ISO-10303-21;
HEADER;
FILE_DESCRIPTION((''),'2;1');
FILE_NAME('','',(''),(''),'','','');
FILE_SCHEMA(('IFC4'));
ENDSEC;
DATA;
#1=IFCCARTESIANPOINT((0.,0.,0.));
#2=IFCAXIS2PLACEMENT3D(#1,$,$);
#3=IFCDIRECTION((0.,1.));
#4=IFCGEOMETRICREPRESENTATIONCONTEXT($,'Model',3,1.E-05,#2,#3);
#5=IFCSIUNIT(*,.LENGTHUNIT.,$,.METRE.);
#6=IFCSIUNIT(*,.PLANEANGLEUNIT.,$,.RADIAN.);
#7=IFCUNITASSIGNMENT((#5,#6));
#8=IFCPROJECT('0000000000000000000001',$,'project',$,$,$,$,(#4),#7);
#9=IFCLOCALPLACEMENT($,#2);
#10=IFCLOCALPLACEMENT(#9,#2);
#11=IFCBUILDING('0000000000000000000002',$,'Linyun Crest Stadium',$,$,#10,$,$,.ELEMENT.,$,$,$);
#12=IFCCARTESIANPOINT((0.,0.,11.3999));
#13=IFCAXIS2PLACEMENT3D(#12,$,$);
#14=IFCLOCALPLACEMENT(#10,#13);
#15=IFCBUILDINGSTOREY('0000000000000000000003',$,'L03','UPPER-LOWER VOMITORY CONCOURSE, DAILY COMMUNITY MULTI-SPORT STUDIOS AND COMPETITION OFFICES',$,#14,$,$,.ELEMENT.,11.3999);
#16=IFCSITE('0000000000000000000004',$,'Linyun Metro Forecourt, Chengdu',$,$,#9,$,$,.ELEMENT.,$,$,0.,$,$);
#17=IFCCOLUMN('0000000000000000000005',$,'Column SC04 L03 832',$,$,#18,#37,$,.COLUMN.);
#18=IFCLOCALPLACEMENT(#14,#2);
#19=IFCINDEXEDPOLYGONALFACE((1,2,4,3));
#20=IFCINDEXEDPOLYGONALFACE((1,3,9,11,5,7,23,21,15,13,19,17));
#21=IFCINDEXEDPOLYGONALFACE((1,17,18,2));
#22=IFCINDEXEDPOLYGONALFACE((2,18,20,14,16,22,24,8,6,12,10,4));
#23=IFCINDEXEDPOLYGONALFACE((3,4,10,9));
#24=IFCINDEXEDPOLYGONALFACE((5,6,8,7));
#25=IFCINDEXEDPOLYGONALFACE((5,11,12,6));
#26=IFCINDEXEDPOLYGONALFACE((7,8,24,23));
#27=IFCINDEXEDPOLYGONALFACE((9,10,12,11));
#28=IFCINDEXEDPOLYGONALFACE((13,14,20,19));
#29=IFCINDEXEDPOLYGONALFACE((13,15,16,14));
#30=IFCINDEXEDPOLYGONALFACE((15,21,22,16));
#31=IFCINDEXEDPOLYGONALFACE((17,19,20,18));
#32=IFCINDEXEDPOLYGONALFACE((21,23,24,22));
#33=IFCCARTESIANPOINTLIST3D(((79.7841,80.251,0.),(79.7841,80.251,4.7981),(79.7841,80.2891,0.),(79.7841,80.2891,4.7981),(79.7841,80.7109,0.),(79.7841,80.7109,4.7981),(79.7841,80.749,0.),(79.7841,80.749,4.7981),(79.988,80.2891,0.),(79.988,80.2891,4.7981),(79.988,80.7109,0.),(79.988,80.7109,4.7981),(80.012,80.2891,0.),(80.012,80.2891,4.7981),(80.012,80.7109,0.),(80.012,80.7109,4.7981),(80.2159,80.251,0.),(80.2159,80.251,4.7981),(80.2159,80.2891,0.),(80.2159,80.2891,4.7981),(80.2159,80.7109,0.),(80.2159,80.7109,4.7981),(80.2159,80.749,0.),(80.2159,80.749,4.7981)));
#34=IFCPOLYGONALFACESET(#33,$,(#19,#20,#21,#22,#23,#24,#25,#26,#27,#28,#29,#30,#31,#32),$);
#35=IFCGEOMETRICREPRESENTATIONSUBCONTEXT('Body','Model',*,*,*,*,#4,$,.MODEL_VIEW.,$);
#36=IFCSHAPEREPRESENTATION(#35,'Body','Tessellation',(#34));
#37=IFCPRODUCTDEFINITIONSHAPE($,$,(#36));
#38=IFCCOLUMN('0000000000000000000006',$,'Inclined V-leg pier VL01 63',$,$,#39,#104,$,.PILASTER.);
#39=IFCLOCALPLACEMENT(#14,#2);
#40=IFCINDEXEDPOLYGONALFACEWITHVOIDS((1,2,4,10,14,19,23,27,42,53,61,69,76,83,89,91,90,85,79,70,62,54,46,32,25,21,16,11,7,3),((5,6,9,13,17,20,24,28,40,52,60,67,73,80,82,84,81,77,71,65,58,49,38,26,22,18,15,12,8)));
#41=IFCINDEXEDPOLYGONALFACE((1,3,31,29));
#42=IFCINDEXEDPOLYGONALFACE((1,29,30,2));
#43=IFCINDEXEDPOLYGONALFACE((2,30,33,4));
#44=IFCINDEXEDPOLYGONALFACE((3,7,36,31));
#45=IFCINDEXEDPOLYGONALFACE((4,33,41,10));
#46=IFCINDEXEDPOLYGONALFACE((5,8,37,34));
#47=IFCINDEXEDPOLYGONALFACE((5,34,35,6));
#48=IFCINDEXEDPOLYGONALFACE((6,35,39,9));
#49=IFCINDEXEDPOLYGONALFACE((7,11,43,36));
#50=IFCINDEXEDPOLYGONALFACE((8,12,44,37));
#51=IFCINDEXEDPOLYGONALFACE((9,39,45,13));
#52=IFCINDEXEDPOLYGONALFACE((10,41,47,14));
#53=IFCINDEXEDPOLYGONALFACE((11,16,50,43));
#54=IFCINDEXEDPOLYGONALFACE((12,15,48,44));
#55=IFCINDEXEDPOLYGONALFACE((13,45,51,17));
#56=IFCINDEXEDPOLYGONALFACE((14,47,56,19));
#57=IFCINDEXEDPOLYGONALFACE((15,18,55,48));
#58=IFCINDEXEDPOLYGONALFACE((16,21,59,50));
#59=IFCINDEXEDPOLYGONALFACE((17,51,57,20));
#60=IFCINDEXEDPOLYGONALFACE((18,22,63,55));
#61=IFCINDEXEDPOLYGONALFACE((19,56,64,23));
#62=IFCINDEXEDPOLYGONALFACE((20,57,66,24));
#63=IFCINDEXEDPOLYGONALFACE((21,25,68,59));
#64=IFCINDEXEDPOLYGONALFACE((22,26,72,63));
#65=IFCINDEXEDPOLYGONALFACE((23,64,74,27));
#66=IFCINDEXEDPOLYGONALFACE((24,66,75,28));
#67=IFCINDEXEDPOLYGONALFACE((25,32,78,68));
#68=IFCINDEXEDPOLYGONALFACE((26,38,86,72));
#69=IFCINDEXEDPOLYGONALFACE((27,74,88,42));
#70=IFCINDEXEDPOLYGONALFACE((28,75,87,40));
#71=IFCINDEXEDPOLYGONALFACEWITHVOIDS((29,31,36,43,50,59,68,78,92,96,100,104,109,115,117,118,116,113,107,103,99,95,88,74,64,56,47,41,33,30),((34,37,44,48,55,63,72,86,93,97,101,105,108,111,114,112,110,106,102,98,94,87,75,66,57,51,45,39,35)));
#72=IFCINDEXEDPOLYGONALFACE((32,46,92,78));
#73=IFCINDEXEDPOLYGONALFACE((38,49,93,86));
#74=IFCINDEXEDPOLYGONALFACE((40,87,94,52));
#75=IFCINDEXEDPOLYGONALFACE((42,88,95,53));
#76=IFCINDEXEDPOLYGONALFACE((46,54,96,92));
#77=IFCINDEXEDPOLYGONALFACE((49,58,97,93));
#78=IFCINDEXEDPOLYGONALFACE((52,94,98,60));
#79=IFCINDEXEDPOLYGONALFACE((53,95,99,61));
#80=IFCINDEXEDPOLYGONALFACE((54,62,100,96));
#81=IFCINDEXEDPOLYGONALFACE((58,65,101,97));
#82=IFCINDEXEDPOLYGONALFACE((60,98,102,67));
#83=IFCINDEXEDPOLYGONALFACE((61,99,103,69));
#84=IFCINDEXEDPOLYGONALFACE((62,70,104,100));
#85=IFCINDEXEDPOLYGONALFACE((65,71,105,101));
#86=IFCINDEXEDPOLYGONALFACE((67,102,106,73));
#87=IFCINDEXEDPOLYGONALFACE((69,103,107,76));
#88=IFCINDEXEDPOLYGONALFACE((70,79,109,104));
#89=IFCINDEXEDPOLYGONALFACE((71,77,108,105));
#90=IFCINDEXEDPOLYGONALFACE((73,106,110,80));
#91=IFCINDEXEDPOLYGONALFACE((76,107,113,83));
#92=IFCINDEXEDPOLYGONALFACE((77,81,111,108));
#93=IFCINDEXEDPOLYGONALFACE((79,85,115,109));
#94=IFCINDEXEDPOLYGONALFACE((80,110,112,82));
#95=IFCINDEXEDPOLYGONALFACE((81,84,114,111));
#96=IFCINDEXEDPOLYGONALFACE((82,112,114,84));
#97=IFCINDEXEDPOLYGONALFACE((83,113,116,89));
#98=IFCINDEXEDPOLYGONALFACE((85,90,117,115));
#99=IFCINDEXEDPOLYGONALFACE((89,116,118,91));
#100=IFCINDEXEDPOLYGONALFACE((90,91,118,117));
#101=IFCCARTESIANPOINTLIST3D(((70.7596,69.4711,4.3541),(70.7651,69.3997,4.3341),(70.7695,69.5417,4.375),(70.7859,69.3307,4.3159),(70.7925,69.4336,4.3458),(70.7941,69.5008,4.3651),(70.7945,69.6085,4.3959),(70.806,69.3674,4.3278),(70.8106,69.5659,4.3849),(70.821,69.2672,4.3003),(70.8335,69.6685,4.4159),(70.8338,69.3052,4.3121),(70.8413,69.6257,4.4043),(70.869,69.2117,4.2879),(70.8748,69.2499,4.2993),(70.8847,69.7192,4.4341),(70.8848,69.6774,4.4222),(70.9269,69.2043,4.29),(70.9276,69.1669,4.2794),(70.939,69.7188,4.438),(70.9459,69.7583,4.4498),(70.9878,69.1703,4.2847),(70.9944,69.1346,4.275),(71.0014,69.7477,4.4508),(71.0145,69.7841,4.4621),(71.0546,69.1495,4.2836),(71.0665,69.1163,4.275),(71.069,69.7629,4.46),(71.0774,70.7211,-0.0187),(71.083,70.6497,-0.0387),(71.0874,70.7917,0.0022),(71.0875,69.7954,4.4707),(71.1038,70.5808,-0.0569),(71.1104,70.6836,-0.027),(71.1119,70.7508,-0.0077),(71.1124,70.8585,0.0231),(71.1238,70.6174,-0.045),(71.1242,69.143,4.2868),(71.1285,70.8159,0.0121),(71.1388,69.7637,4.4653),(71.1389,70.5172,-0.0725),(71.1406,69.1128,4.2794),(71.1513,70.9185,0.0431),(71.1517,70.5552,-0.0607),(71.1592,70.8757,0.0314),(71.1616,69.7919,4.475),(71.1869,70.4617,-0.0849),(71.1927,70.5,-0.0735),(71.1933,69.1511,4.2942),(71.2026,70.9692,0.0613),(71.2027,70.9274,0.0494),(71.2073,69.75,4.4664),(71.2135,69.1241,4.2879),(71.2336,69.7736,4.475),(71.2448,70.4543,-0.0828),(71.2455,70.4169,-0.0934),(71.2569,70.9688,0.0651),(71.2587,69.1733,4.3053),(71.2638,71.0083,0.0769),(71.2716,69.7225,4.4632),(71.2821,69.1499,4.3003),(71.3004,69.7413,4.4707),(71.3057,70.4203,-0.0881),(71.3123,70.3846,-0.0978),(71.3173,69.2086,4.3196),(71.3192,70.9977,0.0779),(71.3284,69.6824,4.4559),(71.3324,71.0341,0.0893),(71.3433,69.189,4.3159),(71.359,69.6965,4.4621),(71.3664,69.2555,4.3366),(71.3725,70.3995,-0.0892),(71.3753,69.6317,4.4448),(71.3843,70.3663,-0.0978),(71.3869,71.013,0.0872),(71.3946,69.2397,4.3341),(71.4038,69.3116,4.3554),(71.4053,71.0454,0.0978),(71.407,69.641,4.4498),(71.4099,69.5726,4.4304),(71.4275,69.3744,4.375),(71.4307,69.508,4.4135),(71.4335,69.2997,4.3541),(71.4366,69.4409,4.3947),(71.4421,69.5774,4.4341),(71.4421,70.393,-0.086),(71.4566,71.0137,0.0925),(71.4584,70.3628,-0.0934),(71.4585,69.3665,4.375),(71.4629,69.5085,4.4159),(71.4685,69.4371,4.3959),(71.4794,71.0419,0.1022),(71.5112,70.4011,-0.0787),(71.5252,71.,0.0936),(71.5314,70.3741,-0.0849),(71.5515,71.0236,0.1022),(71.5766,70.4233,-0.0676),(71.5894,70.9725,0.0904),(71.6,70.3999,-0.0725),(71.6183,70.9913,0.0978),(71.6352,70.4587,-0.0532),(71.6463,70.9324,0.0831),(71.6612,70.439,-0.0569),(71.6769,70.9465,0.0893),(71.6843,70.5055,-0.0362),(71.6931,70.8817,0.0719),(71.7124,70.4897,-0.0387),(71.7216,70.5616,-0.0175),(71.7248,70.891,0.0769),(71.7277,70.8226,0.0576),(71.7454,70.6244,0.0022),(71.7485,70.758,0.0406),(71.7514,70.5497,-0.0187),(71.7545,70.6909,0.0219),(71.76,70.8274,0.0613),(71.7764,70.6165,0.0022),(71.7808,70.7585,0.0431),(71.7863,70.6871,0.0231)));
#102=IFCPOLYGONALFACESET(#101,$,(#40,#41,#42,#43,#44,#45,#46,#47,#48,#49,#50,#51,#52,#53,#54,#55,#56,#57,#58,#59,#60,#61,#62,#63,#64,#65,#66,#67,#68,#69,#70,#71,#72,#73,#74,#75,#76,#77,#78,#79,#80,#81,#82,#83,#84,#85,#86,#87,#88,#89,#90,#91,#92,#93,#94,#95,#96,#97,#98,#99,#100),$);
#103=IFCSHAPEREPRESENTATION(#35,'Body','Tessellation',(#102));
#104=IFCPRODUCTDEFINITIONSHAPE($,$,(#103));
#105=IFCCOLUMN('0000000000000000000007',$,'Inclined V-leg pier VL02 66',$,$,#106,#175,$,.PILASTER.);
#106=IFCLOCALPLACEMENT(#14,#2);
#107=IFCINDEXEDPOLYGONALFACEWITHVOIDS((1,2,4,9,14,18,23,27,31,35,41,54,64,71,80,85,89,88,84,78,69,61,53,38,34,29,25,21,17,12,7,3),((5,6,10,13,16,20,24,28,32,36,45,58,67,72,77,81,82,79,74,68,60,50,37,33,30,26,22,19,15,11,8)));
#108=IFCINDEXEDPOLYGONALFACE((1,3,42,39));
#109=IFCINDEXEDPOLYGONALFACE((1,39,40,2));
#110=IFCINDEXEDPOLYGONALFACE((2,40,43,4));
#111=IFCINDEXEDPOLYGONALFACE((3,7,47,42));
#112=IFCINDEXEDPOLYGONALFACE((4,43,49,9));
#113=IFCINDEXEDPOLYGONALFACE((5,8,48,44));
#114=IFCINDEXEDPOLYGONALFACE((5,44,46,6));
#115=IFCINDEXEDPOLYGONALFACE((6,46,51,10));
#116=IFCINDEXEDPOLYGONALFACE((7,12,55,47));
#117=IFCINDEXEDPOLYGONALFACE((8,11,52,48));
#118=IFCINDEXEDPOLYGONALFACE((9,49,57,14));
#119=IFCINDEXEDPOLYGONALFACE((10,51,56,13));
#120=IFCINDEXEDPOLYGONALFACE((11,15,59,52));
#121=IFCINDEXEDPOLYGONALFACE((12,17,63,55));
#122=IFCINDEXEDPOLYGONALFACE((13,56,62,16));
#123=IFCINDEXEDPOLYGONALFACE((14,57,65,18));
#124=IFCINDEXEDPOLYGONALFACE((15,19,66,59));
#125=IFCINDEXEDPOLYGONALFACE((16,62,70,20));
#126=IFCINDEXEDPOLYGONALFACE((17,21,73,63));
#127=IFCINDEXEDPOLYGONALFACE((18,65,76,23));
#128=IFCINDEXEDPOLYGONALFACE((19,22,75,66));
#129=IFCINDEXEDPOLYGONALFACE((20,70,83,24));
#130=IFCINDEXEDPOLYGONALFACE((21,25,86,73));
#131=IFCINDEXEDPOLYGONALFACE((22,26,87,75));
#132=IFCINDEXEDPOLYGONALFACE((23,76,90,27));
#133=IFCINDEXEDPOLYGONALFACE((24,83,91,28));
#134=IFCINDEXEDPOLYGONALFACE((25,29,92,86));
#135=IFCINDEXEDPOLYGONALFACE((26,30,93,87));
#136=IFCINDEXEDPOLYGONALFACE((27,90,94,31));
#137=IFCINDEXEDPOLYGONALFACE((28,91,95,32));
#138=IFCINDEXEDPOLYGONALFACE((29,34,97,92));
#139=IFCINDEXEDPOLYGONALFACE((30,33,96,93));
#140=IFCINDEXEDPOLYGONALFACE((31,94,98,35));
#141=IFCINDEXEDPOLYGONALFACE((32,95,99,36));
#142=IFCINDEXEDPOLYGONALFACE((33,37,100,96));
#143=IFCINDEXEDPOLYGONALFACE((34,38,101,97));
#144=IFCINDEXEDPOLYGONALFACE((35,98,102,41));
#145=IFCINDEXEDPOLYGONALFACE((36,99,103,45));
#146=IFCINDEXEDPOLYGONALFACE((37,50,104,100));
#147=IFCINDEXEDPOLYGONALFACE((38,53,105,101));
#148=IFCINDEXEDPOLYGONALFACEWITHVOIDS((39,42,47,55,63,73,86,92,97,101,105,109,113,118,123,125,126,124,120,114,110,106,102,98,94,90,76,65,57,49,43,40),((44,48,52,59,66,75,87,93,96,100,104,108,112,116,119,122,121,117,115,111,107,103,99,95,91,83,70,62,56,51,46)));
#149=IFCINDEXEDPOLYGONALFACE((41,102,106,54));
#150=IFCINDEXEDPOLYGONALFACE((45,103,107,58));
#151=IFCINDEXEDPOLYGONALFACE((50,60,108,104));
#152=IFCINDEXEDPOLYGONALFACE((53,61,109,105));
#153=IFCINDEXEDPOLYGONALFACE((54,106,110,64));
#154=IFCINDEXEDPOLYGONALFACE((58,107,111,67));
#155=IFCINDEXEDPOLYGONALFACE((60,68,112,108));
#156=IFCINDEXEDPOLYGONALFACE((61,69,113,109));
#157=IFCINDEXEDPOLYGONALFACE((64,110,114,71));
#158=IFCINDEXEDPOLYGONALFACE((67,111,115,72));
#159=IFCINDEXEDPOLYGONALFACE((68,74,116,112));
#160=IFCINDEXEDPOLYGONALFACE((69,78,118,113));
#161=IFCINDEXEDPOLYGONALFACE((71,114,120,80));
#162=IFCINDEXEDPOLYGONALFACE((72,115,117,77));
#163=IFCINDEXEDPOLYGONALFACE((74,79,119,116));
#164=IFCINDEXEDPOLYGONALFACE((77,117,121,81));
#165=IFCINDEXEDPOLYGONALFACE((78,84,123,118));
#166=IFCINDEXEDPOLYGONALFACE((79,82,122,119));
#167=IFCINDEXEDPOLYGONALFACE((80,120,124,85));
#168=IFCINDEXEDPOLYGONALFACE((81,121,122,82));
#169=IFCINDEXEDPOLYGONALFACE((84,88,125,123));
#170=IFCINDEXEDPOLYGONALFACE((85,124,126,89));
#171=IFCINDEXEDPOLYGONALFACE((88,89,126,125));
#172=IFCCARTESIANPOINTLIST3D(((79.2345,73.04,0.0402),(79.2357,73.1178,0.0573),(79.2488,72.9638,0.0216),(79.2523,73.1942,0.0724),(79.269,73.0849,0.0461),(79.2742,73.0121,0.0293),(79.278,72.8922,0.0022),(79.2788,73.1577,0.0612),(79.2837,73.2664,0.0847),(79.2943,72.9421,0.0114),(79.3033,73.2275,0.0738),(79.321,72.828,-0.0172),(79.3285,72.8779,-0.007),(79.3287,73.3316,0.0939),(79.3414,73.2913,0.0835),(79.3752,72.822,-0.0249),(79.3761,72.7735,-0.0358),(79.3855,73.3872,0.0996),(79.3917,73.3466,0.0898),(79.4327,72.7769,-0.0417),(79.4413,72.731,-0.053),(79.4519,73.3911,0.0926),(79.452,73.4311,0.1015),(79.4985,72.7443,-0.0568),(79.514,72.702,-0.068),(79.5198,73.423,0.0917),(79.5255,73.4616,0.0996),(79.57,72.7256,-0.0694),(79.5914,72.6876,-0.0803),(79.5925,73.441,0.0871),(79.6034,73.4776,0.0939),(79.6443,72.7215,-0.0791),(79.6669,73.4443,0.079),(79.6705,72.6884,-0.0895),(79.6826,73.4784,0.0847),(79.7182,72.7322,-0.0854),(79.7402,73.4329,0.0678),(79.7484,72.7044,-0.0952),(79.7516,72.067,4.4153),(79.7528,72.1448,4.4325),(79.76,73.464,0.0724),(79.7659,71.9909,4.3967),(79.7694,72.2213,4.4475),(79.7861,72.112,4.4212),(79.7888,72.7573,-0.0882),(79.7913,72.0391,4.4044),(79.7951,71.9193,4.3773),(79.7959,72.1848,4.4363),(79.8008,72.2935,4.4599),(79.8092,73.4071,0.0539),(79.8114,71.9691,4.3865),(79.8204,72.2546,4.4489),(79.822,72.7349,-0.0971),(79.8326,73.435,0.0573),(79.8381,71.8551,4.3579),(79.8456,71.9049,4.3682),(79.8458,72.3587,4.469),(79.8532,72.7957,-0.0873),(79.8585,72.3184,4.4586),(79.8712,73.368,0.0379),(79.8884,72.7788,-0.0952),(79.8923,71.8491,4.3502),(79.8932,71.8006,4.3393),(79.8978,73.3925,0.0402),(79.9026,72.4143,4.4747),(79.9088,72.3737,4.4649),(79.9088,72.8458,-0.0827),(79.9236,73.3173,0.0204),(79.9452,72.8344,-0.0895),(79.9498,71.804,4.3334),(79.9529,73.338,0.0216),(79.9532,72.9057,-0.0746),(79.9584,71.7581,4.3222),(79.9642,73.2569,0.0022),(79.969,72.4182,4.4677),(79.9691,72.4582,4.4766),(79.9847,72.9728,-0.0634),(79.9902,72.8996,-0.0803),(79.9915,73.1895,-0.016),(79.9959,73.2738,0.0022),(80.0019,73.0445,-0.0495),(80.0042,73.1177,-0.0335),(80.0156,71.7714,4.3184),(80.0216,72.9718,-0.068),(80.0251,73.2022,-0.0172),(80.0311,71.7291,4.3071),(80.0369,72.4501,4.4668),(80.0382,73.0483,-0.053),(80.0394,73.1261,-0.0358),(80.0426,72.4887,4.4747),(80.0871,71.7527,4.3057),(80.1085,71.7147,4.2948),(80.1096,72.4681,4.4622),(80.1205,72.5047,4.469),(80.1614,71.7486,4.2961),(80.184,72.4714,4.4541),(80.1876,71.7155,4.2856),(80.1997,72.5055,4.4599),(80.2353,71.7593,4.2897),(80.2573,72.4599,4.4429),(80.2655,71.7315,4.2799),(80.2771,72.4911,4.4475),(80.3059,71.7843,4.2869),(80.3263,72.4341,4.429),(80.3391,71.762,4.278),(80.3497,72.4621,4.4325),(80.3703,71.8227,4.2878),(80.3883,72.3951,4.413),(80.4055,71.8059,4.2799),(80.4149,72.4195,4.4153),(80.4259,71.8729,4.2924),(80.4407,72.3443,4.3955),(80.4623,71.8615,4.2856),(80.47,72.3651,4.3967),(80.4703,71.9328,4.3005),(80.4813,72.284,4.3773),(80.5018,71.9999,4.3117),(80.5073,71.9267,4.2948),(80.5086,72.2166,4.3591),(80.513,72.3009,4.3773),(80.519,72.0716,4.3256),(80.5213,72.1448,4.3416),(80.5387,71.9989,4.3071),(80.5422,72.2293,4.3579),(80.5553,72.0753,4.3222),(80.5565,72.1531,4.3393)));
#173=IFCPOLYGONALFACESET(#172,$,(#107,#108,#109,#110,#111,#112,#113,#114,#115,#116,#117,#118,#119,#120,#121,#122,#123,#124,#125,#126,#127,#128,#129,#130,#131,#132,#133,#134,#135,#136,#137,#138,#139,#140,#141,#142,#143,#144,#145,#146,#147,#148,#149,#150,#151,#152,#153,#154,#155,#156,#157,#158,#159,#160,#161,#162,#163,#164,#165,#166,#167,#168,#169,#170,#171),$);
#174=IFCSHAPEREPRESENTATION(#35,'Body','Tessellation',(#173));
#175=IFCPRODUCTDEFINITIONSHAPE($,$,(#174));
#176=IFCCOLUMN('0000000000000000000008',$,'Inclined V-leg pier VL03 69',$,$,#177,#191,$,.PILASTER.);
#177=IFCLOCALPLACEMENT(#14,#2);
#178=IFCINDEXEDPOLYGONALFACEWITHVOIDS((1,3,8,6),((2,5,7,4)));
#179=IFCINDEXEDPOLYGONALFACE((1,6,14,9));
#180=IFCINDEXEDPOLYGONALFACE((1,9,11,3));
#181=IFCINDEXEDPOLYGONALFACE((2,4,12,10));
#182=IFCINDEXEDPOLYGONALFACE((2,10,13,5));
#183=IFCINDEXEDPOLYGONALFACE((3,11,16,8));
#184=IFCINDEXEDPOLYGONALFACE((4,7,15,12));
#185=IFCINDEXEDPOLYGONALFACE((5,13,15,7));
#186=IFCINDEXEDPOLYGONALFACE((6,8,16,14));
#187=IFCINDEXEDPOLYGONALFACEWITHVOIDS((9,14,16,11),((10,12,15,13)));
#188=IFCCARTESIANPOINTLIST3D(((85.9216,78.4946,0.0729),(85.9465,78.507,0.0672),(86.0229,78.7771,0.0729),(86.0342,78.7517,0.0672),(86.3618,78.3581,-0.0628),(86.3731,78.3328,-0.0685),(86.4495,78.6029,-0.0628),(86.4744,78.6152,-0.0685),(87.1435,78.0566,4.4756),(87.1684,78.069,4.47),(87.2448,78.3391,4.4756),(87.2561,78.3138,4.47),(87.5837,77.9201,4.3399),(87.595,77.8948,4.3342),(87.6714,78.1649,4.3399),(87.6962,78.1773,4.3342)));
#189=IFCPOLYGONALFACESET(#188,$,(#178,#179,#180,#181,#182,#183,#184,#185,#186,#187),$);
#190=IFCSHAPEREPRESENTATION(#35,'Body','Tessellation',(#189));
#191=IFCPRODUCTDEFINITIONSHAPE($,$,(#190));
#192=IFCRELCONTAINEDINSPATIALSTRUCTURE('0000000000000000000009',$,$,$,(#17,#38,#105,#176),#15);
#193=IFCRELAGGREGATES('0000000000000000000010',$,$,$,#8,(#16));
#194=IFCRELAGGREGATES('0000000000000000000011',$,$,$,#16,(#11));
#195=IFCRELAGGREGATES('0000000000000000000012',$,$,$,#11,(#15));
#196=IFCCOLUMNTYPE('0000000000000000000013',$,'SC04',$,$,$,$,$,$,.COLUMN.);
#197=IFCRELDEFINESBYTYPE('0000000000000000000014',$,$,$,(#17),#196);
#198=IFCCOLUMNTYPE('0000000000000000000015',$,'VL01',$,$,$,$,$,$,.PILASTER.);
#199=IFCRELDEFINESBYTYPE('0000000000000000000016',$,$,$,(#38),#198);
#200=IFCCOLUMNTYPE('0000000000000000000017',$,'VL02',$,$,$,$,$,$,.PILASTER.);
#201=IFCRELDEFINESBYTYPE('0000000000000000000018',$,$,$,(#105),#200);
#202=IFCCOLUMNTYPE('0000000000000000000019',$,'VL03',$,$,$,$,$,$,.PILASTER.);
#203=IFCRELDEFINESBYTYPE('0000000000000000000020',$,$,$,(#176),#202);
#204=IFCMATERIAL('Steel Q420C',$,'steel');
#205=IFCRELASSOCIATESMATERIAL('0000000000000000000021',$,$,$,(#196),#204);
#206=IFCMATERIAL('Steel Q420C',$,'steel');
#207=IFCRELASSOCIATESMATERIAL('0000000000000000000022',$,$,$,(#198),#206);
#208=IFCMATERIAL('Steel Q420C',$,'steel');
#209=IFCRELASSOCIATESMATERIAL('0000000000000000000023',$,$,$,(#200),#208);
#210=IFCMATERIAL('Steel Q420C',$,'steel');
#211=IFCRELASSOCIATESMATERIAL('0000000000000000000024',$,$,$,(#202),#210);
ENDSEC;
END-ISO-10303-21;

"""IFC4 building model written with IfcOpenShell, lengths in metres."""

from ifc_helpers import new_model, si_unit, direction, frame, origin, origin_2d, place, context, subcontext, project, spatial, hollow_rectangle, hollow_circle, i_section, extrude, material, material_profile, profile_set, type_object, element, save


model = new_model("IFC4")

# Units and contexts
model_context = context("Model", 3, precision=1e-05, world=origin(), true_north=direction((0.0, 1.0)))
body_context = subcontext(model_context, "Body", "Model", "MODEL_VIEW")
ifc_project = project(units=[si_unit("LENGTHUNIT", "METRE"), si_unit("PLANEANGLEUNIT", "RADIAN")], contexts=[model_context])

# Site, building, storey
site_placement = place(None, origin())
site = spatial("IfcSite", under=ifc_project, at=site_placement, Name="Linyun Metro Forecourt, Chengdu", CompositionType="ELEMENT", RefElevation=0.0)
building_placement = place(site_placement, origin())
building = spatial("IfcBuilding", under=site, at=building_placement, Name="Linyun Crest Stadium", CompositionType="ELEMENT")
storey_placement = place(building_placement, frame((0.0, 0.0, 11.3999)))
storey = spatial("IfcBuildingStorey", under=building, at=storey_placement, Name="L03", Description="UPPER-LOWER VOMITORY CONCOURSE, DAILY COMMUNITY MULTI-SPORT STUDIOS AND COMPETITION OFFICES", CompositionType="ELEMENT", Elevation=11.3999)

# Columns
ifc_material_1 = material(Name="Steel Q420C", Category="steel")
ifc_material_profile_1 = material_profile(ifc_material_1, i_section(OverallWidth=0.4319, OverallDepth=0.498, WebThickness=0.0239, FlangeThickness=0.0381, at=origin_2d()), Name="HW 498x432")
ifc_profile_set_1 = profile_set([ifc_material_profile_1], Name="Steel Q420C")
column_type_1 = type_object("IfcColumnType", Name="SC04", PredefinedType="COLUMN", material=ifc_profile_set_1)
column_1_placement = place(storey_placement, frame((80.0, 80.5, 0.0), z_axis=(0.0, 0.0, 1.0), x_axis=(1.0, 0.0, 0.0)))
element("IfcColumn", 1, at=column_1_placement, inside=storey, type_object=column_type_1, Name="Column SC04 L03 832", PredefinedType="COLUMN", context=body_context, shape_type="SweptSolid", body=[
    extrude(i_section(OverallWidth=0.4319, OverallDepth=0.498, WebThickness=0.0239, FlangeThickness=0.0381, at=origin_2d()), origin(), (0.0, 0.0, 1.0), 4.7981),
])
ifc_material_2 = material(Name="Steel Q420C", Category="steel")
ifc_material_profile_2 = material_profile(ifc_material_2, hollow_circle(Radius=0.3555, WallThickness=0.032, at=origin_2d()), Name="CHS 711x32")
ifc_profile_set_2 = profile_set([ifc_material_profile_2], Name="Steel Q420C")
column_type_2 = type_object("IfcColumnType", Name="VL01", PredefinedType="PILASTER", material=ifc_profile_set_2)
column_2_placement = place(storey_placement, frame((71.4319, 70.7041, 0.0022), z_axis=(-0.069723, -0.27418, 0.959148), x_axis=(0.969155, -0.246453, 0.0)))
element("IfcColumn", 2, at=column_2_placement, inside=storey, type_object=column_type_2, Name="Inclined V-leg pier VL01 63", PredefinedType="PILASTER", context=body_context, shape_type="SweptSolid", body=[
    extrude(hollow_circle(Radius=0.3555, WallThickness=0.032, at=origin_2d()), origin(), (0.0, 0.0, 1.0), 4.5591),
])
ifc_material_3 = material(Name="Steel Q420C", Category="steel")
ifc_material_profile_3 = material_profile(ifc_material_3, hollow_circle(Radius=0.4065, WallThickness=0.0359, at=origin_2d()), Name="CHS 813x36")
ifc_profile_set_3 = profile_set([ifc_material_profile_3], Name="Steel Q420C")
column_type_3 = type_object("IfcColumnType", Name="VL02", PredefinedType="PILASTER", material=ifc_profile_set_3)
column_3_placement = place(storey_placement, frame((79.637, 73.083, 0.0022), z_axis=(0.114613, -0.215644, 0.969722), x_axis=(0.883027, 0.469323, 0.0)))
element("IfcColumn", 3, at=column_3_placement, inside=storey, type_object=column_type_3, Name="Inclined V-leg pier VL02 66", PredefinedType="PILASTER", context=body_context, shape_type="SweptSolid", body=[
    extrude(hollow_circle(Radius=0.4065, WallThickness=0.0359, at=origin_2d()), origin(), (0.0, 0.0, 1.0), 4.5117),
])
ifc_material_4 = material(Name="Steel Q420C", Category="steel")
ifc_material_profile_4 = material_profile(ifc_material_4, hollow_rectangle(XDim=0.3, YDim=0.5, WallThickness=0.02, at=origin_2d()), Name="RHS 500x300x20")
ifc_profile_set_4 = profile_set([ifc_material_profile_4], Name="Steel Q420C")
column_type_4 = type_object("IfcColumnType", Name="VL03", PredefinedType="PILASTER", material=ifc_profile_set_4)
column_4_placement = place(storey_placement, frame((86.198, 78.5549, 0.0022), z_axis=(0.266203, -0.095418, 0.959183), x_axis=(0.33742, 0.941354, 0.0)))
element("IfcColumn", 4, at=column_4_placement, inside=storey, type_object=column_type_4, Name="Inclined V-leg pier VL03 69", PredefinedType="PILASTER", context=body_context, shape_type="SweptSolid", body=[
    extrude(hollow_rectangle(XDim=0.3, YDim=0.5, WallThickness=0.02, at=origin_2d()), origin(), (0.0, 0.0, 1.0), 4.5901),
])

save(model, "model.ifc")
